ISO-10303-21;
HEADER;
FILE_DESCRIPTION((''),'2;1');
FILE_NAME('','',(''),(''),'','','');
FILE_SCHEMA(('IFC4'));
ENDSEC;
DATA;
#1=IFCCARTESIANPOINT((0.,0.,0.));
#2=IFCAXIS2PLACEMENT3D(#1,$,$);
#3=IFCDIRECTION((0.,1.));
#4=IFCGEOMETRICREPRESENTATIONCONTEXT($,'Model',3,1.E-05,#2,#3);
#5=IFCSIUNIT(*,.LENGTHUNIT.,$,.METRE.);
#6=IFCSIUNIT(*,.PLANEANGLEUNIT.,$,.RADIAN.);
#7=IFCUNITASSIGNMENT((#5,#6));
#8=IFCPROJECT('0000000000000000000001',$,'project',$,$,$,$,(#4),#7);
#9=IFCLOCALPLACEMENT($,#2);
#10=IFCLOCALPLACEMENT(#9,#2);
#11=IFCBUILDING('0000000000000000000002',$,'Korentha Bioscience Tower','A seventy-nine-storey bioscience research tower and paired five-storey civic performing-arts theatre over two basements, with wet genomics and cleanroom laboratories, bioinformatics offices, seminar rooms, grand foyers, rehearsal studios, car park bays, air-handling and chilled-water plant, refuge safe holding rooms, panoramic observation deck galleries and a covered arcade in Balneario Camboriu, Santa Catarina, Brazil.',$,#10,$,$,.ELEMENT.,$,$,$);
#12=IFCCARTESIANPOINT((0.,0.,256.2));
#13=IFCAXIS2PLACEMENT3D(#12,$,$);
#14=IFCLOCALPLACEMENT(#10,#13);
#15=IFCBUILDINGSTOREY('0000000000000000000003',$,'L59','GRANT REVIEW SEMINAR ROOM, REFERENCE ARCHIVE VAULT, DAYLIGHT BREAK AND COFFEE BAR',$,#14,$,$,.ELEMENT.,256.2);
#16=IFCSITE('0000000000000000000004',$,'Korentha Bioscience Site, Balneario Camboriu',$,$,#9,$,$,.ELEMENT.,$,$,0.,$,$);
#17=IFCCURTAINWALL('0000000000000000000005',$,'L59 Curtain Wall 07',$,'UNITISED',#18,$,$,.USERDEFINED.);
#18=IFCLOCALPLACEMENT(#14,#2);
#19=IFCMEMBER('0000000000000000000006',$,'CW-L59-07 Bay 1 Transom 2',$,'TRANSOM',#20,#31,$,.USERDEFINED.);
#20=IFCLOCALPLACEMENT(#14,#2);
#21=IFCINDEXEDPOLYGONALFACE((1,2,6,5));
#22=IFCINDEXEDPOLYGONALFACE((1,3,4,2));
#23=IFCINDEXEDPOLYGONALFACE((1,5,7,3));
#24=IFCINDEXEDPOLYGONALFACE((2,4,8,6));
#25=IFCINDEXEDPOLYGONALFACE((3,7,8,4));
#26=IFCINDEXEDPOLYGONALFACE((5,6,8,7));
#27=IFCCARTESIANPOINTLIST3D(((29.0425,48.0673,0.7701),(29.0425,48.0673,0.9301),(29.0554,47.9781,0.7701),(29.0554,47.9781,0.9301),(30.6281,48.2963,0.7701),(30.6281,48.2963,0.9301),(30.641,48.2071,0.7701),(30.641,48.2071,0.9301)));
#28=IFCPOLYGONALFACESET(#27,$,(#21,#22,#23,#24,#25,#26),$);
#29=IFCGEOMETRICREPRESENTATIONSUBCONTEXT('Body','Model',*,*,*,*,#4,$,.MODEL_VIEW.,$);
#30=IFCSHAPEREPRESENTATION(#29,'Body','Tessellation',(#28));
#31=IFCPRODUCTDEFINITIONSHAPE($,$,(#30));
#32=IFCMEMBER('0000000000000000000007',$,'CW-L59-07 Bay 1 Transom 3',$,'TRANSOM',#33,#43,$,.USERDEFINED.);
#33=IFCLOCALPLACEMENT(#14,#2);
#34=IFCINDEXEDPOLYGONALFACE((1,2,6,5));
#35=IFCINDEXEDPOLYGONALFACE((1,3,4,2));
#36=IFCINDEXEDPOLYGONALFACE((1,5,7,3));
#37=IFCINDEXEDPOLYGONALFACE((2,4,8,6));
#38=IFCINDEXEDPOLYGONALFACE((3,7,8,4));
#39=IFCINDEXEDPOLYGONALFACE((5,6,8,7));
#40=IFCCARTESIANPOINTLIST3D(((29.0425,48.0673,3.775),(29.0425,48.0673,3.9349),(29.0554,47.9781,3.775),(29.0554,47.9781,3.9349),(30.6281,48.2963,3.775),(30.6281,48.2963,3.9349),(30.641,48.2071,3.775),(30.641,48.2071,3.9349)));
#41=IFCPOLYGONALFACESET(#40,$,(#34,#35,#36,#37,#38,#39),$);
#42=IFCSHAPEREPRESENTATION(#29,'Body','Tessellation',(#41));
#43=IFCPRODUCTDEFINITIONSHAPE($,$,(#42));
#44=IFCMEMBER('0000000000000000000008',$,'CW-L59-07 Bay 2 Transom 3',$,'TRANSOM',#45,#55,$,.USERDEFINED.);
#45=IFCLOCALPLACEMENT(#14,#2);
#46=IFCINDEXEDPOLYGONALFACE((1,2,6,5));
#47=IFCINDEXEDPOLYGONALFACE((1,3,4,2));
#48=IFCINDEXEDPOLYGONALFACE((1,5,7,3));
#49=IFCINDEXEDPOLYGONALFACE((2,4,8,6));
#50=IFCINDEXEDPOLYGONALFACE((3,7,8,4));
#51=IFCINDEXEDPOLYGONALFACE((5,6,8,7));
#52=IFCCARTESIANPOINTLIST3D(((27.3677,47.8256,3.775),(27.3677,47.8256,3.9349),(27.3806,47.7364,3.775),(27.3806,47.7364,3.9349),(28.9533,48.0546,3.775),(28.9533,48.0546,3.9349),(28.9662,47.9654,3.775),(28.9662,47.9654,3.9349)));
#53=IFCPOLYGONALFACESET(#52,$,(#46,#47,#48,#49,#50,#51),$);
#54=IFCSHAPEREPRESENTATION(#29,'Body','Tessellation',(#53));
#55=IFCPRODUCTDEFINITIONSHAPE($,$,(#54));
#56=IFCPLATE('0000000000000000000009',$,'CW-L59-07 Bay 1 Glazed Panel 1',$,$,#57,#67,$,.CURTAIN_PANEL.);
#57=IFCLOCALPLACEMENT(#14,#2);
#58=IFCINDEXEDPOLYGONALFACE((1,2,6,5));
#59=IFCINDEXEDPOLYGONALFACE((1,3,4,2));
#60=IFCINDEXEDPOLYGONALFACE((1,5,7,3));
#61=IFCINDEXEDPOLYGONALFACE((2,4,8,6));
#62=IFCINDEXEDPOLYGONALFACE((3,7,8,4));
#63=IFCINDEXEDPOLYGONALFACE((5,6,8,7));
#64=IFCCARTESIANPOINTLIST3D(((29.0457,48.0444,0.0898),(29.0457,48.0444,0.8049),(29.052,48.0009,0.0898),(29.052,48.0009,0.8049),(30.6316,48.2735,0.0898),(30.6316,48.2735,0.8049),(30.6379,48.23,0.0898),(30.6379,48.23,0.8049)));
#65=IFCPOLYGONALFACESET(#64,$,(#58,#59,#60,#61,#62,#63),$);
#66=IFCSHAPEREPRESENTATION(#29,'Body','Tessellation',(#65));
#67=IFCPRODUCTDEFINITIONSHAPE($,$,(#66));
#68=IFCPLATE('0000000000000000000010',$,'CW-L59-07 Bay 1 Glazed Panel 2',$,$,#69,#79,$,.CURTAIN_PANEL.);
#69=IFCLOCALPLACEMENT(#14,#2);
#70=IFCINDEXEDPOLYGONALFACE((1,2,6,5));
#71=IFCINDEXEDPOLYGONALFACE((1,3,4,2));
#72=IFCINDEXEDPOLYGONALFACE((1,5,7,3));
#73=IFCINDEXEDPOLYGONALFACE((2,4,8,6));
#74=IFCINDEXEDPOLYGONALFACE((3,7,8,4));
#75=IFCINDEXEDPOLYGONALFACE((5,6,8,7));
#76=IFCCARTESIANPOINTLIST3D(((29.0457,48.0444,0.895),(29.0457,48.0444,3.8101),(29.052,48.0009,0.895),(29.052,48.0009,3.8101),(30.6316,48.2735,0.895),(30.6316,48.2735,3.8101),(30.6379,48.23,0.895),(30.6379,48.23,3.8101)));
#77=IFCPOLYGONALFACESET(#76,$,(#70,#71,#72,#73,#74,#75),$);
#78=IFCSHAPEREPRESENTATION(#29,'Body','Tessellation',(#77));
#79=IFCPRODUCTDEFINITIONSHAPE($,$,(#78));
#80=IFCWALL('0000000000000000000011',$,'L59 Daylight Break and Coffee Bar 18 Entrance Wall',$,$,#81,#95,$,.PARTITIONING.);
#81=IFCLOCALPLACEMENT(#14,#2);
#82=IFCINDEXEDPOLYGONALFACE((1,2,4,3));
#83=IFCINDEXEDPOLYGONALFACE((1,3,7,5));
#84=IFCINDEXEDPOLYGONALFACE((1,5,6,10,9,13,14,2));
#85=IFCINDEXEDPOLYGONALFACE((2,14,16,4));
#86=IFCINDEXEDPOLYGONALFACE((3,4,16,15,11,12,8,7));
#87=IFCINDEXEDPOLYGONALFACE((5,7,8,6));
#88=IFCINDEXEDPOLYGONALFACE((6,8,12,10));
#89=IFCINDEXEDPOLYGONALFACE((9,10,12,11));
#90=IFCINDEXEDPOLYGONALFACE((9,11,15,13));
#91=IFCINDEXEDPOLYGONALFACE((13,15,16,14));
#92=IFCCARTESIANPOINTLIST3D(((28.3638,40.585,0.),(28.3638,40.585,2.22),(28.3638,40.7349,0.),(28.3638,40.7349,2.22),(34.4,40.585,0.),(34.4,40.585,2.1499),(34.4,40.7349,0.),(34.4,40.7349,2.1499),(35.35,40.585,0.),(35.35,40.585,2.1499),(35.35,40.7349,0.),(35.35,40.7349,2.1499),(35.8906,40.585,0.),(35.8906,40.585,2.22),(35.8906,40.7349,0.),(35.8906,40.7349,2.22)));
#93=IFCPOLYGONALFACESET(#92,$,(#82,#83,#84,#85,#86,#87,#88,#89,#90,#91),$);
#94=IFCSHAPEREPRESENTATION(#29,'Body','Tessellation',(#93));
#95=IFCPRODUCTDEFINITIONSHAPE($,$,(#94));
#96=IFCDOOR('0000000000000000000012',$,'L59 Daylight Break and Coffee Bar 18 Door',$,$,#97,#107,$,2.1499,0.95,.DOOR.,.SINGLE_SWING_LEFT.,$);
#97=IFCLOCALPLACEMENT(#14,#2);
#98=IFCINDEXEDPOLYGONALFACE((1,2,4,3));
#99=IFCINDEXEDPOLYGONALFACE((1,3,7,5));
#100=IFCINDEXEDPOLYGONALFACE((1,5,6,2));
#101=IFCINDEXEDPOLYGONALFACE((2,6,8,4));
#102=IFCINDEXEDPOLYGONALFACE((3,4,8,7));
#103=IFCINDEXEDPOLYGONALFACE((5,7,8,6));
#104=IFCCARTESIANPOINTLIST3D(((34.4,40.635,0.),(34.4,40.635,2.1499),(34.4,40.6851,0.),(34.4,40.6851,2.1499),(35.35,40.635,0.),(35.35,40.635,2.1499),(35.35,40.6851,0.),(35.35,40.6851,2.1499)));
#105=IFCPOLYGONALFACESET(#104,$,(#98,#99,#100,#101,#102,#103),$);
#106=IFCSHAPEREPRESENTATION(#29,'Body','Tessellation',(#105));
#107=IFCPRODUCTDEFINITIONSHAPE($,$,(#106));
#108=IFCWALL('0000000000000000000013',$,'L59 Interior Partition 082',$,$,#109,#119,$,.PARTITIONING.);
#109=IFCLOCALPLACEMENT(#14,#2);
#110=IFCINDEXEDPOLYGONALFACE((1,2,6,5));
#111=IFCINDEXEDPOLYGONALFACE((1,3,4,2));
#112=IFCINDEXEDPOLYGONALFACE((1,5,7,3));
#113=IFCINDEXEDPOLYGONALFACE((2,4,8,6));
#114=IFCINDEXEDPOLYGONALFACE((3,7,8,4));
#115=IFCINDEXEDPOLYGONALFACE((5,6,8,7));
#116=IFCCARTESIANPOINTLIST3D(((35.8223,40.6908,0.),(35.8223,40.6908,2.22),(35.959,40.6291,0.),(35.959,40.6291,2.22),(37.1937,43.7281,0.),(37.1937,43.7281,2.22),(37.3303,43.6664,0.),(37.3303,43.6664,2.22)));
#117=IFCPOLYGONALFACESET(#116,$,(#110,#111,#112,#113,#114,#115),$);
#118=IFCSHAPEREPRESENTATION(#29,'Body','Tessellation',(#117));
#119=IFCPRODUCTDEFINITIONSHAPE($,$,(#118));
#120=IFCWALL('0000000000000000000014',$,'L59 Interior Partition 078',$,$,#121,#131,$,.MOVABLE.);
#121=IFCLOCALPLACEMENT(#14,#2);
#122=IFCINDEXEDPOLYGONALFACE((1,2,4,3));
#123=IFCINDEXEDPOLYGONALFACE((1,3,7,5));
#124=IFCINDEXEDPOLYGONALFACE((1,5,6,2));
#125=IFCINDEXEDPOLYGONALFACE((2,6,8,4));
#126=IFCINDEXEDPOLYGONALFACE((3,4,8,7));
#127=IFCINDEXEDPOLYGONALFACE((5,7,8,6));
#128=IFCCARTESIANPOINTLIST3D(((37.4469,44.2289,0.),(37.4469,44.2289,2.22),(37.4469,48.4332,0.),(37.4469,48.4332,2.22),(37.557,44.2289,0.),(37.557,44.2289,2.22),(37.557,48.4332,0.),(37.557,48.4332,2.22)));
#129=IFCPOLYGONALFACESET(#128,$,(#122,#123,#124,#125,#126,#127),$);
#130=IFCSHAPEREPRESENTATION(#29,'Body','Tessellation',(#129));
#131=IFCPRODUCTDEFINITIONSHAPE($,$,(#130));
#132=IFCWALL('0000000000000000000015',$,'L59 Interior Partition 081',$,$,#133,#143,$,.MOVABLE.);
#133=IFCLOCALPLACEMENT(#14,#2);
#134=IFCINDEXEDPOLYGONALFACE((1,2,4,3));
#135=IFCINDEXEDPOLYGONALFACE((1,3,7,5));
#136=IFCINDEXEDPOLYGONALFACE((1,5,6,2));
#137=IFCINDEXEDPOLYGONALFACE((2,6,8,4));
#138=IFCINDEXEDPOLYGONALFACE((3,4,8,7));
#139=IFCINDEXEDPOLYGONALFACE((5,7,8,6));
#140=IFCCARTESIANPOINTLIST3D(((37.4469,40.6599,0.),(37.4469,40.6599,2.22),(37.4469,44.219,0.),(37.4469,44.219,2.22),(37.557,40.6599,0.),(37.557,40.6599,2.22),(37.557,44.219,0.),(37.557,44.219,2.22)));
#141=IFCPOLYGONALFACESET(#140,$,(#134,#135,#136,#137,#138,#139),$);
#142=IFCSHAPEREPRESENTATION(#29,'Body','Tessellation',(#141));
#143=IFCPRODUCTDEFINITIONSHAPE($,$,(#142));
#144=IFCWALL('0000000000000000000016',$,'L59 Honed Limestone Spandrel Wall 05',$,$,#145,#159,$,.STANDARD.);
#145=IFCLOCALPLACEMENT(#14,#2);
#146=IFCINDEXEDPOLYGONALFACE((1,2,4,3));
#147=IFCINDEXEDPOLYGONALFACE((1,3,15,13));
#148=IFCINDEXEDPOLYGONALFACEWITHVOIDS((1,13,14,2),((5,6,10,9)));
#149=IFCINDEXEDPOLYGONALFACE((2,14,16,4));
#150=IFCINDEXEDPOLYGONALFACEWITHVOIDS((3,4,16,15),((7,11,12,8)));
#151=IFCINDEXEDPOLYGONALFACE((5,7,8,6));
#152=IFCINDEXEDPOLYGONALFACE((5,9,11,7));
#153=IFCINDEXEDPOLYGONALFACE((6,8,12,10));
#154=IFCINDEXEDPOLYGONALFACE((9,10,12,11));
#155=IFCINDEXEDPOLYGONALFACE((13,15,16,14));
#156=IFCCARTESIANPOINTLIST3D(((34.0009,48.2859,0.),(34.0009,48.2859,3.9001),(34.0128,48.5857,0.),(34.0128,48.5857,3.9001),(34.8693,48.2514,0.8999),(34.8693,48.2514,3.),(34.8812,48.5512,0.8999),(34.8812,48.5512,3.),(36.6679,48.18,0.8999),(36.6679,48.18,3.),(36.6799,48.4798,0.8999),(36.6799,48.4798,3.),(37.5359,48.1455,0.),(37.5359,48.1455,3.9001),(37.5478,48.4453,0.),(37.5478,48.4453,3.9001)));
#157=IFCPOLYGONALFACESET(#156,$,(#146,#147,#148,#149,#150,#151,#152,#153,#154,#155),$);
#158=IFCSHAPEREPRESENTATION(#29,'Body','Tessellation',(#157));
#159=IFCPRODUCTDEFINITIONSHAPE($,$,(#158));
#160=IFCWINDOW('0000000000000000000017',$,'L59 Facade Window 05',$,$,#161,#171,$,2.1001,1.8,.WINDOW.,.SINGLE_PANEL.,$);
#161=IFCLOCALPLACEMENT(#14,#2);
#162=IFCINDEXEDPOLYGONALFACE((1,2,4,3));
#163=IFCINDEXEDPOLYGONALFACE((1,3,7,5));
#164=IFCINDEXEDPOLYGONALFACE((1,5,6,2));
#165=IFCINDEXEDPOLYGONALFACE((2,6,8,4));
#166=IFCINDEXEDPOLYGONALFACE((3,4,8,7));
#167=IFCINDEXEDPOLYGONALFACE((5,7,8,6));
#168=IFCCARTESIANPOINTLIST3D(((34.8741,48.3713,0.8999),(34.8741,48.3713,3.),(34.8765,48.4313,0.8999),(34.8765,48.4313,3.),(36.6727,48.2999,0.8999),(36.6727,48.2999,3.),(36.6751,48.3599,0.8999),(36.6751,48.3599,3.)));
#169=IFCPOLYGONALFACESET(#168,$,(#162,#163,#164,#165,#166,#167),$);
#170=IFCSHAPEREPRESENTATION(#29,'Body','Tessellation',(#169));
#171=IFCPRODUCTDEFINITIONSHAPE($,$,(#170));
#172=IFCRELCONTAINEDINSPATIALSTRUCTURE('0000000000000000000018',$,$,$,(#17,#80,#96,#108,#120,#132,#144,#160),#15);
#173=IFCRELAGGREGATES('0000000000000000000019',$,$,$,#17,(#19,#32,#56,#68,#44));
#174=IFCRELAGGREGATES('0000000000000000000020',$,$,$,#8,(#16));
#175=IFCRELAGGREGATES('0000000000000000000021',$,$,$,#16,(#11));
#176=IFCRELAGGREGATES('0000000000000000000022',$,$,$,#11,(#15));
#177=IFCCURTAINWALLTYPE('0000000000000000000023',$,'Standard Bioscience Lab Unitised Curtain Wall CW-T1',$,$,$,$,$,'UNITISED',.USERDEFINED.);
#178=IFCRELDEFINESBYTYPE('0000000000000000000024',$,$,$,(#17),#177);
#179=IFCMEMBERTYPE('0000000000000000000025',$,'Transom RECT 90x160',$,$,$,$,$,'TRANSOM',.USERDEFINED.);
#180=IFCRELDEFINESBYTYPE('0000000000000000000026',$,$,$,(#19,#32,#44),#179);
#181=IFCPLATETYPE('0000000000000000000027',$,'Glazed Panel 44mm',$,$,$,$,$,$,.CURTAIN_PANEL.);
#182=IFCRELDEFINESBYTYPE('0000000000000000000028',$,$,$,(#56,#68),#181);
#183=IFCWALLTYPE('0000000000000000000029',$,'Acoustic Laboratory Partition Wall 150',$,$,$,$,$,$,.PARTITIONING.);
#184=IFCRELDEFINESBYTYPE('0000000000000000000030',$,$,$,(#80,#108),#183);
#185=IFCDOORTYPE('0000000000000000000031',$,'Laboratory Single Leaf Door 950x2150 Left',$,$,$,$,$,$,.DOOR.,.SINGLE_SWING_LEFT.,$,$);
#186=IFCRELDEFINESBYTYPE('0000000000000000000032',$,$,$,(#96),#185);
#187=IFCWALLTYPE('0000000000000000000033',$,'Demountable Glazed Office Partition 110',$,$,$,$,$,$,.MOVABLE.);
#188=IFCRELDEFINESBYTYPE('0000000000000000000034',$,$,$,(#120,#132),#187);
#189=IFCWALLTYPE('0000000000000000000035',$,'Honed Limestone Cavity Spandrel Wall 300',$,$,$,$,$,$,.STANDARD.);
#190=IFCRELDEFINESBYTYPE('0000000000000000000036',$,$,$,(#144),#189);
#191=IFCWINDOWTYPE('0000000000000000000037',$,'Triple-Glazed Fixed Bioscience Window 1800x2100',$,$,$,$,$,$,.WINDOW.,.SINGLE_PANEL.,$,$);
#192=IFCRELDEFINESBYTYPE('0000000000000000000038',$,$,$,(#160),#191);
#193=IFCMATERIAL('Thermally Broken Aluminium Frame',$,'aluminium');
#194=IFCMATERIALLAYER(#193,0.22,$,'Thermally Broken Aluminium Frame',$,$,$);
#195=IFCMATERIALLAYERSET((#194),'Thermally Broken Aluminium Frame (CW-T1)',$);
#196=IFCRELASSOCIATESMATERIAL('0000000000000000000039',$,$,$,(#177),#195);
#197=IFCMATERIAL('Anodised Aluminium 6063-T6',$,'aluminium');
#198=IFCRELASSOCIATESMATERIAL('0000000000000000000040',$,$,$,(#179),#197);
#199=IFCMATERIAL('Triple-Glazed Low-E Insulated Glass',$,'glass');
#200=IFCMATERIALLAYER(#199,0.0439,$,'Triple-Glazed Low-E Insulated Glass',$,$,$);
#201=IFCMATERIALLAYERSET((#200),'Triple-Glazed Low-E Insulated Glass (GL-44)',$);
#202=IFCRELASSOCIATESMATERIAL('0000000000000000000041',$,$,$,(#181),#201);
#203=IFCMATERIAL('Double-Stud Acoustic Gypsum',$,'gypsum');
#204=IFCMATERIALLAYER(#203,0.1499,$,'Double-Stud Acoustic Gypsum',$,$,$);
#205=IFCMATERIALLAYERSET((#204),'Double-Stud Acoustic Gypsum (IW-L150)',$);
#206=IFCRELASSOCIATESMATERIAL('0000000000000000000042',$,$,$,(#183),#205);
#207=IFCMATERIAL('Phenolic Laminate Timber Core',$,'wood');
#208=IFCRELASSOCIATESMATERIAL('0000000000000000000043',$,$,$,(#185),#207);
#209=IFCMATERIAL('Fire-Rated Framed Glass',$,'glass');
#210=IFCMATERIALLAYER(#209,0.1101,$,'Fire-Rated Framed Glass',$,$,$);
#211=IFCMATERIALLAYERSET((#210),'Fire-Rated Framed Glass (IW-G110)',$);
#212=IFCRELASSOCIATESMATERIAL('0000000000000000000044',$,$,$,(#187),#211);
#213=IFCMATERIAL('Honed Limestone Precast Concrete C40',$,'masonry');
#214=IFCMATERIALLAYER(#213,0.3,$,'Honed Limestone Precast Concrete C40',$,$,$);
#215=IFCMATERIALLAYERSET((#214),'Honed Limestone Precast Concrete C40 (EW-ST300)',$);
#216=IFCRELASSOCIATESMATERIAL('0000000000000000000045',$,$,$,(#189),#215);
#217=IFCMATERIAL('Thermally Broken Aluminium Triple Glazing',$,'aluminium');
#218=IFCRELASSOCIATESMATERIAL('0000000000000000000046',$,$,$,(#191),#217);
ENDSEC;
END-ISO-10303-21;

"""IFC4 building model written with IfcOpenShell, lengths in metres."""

from ifc_helpers import new_model, si_unit, direction, frame, frame_2d, origin, origin_2d, place, context, subcontext, project, spatial, rectangle, extrude, material, layer, layer_set, material_profile, profile_set, type_object, element, fill, aggregate, save


model = new_model("IFC4")

# Units and contexts
model_context = context("Model", 3, precision=1e-05, world=origin(), true_north=direction((0.0, 1.0)))
body_context = subcontext(model_context, "Body", "Model", "MODEL_VIEW")
ifc_project = project(units=[si_unit("LENGTHUNIT", "METRE"), si_unit("PLANEANGLEUNIT", "RADIAN")], contexts=[model_context])

# Site, building, storey
site_placement = place(None, origin())
site = spatial("IfcSite", under=ifc_project, at=site_placement, Name="Korentha Bioscience Site, Balneario Camboriu", CompositionType="ELEMENT", RefElevation=0.0)
building_placement = place(site_placement, origin())
building = spatial("IfcBuilding", under=site, at=building_placement, Name="Korentha Bioscience Tower", Description="A seventy-nine-storey bioscience research tower and paired five-storey civic performing-arts theatre over two basements, with wet genomics and cleanroom laboratories, bioinformatics offices, seminar rooms, grand foyers, rehearsal studios, car park bays, air-handling and chilled-water plant, refuge safe holding rooms, panoramic observation deck galleries and a covered arcade in Balneario Camboriu, Santa Catarina, Brazil.", CompositionType="ELEMENT")
storey_placement = place(building_placement, frame((0.0, 0.0, 256.2)))
storey = spatial("IfcBuildingStorey", under=building, at=storey_placement, Name="L59", Description="GRANT REVIEW SEMINAR ROOM, REFERENCE ARCHIVE VAULT, DAYLIGHT BREAK AND COFFEE BAR", CompositionType="ELEMENT", Elevation=256.2)

# Curtain wall, members, plates
ifc_material_1 = material(Name="Thermally Broken Aluminium Frame", Category="aluminium")
ifc_layer_1 = layer(ifc_material_1, 0.22, Name="Thermally Broken Aluminium Frame")
ifc_layer_set_1 = layer_set([ifc_layer_1], Name="Thermally Broken Aluminium Frame (CW-T1)")
curtain_wall_type = type_object("IfcCurtainWallType", Name="Standard Bioscience Lab Unitised Curtain Wall CW-T1", ElementType="UNITISED", PredefinedType="USERDEFINED", material=ifc_layer_set_1)
curtain_wall_placement = place(storey_placement, origin())
curtain_wall = element("IfcCurtainWall", 1, at=curtain_wall_placement, inside=storey, type_object=curtain_wall_type, Name="L59 Curtain Wall 07", ObjectType="UNITISED", PredefinedType="USERDEFINED")
ifc_material_2 = material(Name="Anodised Aluminium 6063-T6", Category="aluminium")
ifc_material_profile_1 = material_profile(ifc_material_2, rectangle(XDim=0.0901, YDim=0.1599, at=origin_2d()), Name="Anodised Aluminium 6063-T6")
ifc_profile_set_1 = profile_set([ifc_material_profile_1], Name="Anodised Aluminium 6063-T6 (CW-TRN)")
member_type_1 = type_object("IfcMemberType", Name="Transom RECT 90x160", ElementType="TRANSOM", PredefinedType="USERDEFINED", material=ifc_profile_set_1)
member_1_placement = place(storey_placement, frame((30.6345, 48.2517, 0.8501), z_axis=(-0.989732, -0.142936, 0.0), x_axis=(0.142936, -0.989732, 0.0)))
member_1 = element("IfcMember", 2, at=member_1_placement, type_object=member_type_1, Name="CW-L59-07 Bay 1 Transom 2", ObjectType="TRANSOM", PredefinedType="USERDEFINED", context=body_context, shape_type="SweptSolid", body=[
    extrude(rectangle(XDim=0.0901, YDim=0.1599, at=origin_2d()), origin(), (0.0, 0.0, 1.0), 1.6021),
])
member_2_placement = place(storey_placement, frame((30.6345, 48.2517, 3.855), z_axis=(-0.989732, -0.142936, 0.0), x_axis=(0.142936, -0.989732, 0.0)))
member_2 = element("IfcMember", 3, at=member_2_placement, type_object=member_type_1, Name="CW-L59-07 Bay 1 Transom 3", ObjectType="TRANSOM", PredefinedType="USERDEFINED", context=body_context, shape_type="SweptSolid", body=[
    extrude(rectangle(XDim=0.0901, YDim=0.1599, at=origin_2d()), origin(), (0.0, 0.0, 1.0), 1.6021),
])
member_3_placement = place(storey_placement, frame((28.9597, 48.01, 3.855), z_axis=(-0.989732, -0.142936, 0.0), x_axis=(0.142936, -0.989732, 0.0)))
member_3 = element("IfcMember", 4, at=member_3_placement, type_object=member_type_1, Name="CW-L59-07 Bay 2 Transom 3", ObjectType="TRANSOM", PredefinedType="USERDEFINED", context=body_context, shape_type="SweptSolid", body=[
    extrude(rectangle(XDim=0.0901, YDim=0.1599, at=origin_2d()), origin(), (0.0, 0.0, 1.0), 1.6021),
])
ifc_material_3 = material(Name="Triple-Glazed Low-E Insulated Glass", Category="glass")
ifc_layer_2 = layer(ifc_material_3, 0.0439, Name="Triple-Glazed Low-E Insulated Glass")
ifc_layer_set_2 = layer_set([ifc_layer_2], Name="Triple-Glazed Low-E Insulated Glass (GL-44)")
plate_type = type_object("IfcPlateType", Name="Glazed Panel 44mm", PredefinedType="CURTAIN_PANEL", material=ifc_layer_set_2)
plate_1_placement = place(storey_placement, frame((29.8418, 48.1372, 0.0898), z_axis=(0.0, 0.0, 1.0), x_axis=(-0.989729, -0.142956, 0.0)))
plate_1 = element("IfcPlate", 5, at=plate_1_placement, type_object=plate_type, Name="CW-L59-07 Bay 1 Glazed Panel 1", PredefinedType="CURTAIN_PANEL", context=body_context, shape_type="SweptSolid", body=[
    extrude(rectangle(XDim=1.6023, YDim=0.0439, at=origin_2d()), origin(), (0.0, 0.0, 1.0), 0.7151),
])
plate_2_placement = place(storey_placement, frame((29.8418, 48.1372, 0.895), z_axis=(0.0, 0.0, 1.0), x_axis=(-0.989729, -0.142956, 0.0)))
plate_2 = element("IfcPlate", 6, at=plate_2_placement, type_object=plate_type, Name="CW-L59-07 Bay 1 Glazed Panel 2", PredefinedType="CURTAIN_PANEL", context=body_context, shape_type="SweptSolid", body=[
    extrude(rectangle(XDim=1.6023, YDim=0.0439, at=origin_2d()), origin(), (0.0, 0.0, 1.0), 2.915),
])
aggregate(curtain_wall, [member_1, member_2, plate_1, plate_2, member_3])

# Wall, opening, door
ifc_material_4 = material(Name="Double-Stud Acoustic Gypsum", Category="gypsum")
ifc_layer_3 = layer(ifc_material_4, 0.1499, Name="Double-Stud Acoustic Gypsum")
ifc_layer_set_3 = layer_set([ifc_layer_3], Name="Double-Stud Acoustic Gypsum (IW-L150)")
wall_type_1 = type_object("IfcWallType", Name="Acoustic Laboratory Partition Wall 150", PredefinedType="PARTITIONING", material=ifc_layer_set_3)
wall_1_placement = place(storey_placement, frame((35.8906, 40.6599, 0.0), z_axis=(0.0, 0.0, 1.0), x_axis=(-1.0, 0.0, 0.0)))
wall_1 = element("IfcWall", 7, at=wall_1_placement, inside=storey, type_object=wall_type_1, Name="L59 Daylight Break and Coffee Bar 18 Entrance Wall", PredefinedType="PARTITIONING", context=body_context, shape_type="SweptSolid", body=[
    extrude(rectangle(XDim=7.5269, YDim=0.1499, at=frame_2d((3.7634, 0.0))), origin(), (0.0, 0.0, 1.0), 2.22),
])
opening_1_placement = place(wall_1_placement, frame((0.5405, 0.0, 0.0)))
opening_1 = element("IfcOpeningElement", 8, at=opening_1_placement, cuts=wall_1, PredefinedType="OPENING", context=body_context, shape_type="SweptSolid", body=[
    extrude(rectangle(XDim=0.95, YDim=2.1499, at=frame_2d((0.4751, 1.075))), frame((0.0, 0.0898, 0.0), z_axis=(0.0, -1.0, 0.0), x_axis=(1.0, 0.0, 0.0)), (0.0, 0.0, 1.0), 0.1797),
])
ifc_material_5 = material(Name="Phenolic Laminate Timber Core", Category="wood")
door_type_1 = type_object("IfcDoorType", Name="Laboratory Single Leaf Door 950x2150 Left", OperationType="SINGLE_SWING_LEFT", PredefinedType="DOOR", material=ifc_material_5)
door_1_placement = place(opening_1_placement, origin())
door_1 = element("IfcDoor", 9, at=door_1_placement, inside=storey, type_object=door_type_1, Name="L59 Daylight Break and Coffee Bar 18 Door", OperationType="SINGLE_SWING_LEFT", OverallHeight=2.1499, OverallWidth=0.95, PredefinedType="DOOR", context=body_context, shape_type="SweptSolid", body=[
    extrude(rectangle(XDim=0.95, YDim=2.1499, at=frame_2d((0.4751, 1.075))), frame((0.0, 0.0249, 0.0), z_axis=(0.0, -1.0, 0.0), x_axis=(1.0, 0.0, 0.0)), (0.0, 0.0, 1.0), 0.05),
])
fill(opening_1, door_1)

# Walls
wall_2_placement = place(storey_placement, frame((37.262, 43.6973, 0.0), z_axis=(0.0, 0.0, 1.0), x_axis=(-0.411494, -0.911412, 0.0)))
element("IfcWall", 10, at=wall_2_placement, inside=storey, type_object=wall_type_1, Name="L59 Interior Partition 082", PredefinedType="PARTITIONING", context=body_context, shape_type="SweptSolid", body=[
    extrude(rectangle(XDim=3.3325, YDim=0.1499, at=frame_2d((1.6663, 0.0))), origin(), (0.0, 0.0, 1.0), 2.22),
])
ifc_material_6 = material(Name="Fire-Rated Framed Glass", Category="glass")
ifc_layer_4 = layer(ifc_material_6, 0.1101, Name="Fire-Rated Framed Glass")
ifc_layer_set_4 = layer_set([ifc_layer_4], Name="Fire-Rated Framed Glass (IW-G110)")
wall_type_2 = type_object("IfcWallType", Name="Demountable Glazed Office Partition 110", PredefinedType="MOVABLE", material=ifc_layer_set_4)
wall_3_placement = place(storey_placement, frame((37.502, 44.229, 0.0), z_axis=(0.0, 0.0, 1.0), x_axis=(0.0, 1.0, 0.0)))
element("IfcWall", 11, at=wall_3_placement, inside=storey, type_object=wall_type_2, Name="L59 Interior Partition 078", PredefinedType="MOVABLE", context=body_context, shape_type="SweptSolid", body=[
    extrude(rectangle(XDim=4.2043, YDim=0.1101, at=frame_2d((2.1021, 0.0))), origin(), (0.0, 0.0, 1.0), 2.22),
])
wall_4_placement = place(storey_placement, frame((37.502, 40.6599, 0.0), z_axis=(0.0, 0.0, 1.0), x_axis=(0.0, 1.0, 0.0)))
element("IfcWall", 12, at=wall_4_placement, inside=storey, type_object=wall_type_2, Name="L59 Interior Partition 081", PredefinedType="MOVABLE", context=body_context, shape_type="SweptSolid", body=[
    extrude(rectangle(XDim=3.5591, YDim=0.1101, at=frame_2d((1.7795, 0.0))), origin(), (0.0, 0.0, 1.0), 2.22),
])

# Wall, opening, window
ifc_material_7 = material(Name="Honed Limestone Precast Concrete C40", Category="masonry")
ifc_layer_5 = layer(ifc_material_7, 0.3, Name="Honed Limestone Precast Concrete C40")
ifc_layer_set_5 = layer_set([ifc_layer_5], Name="Honed Limestone Precast Concrete C40 (EW-ST300)")
wall_type_3 = type_object("IfcWallType", Name="Honed Limestone Cavity Spandrel Wall 300", PredefinedType="STANDARD", material=ifc_layer_set_5)
wall_5_placement = place(storey_placement, frame((37.542, 48.2954, 0.0), z_axis=(0.0, 0.0, 1.0), x_axis=(-0.999212, 0.039679, 0.0)))
wall_5 = element("IfcWall", 13, at=wall_5_placement, inside=storey, type_object=wall_type_3, Name="L59 Honed Limestone Spandrel Wall 05", PredefinedType="STANDARD", context=body_context, shape_type="SweptSolid", body=[
    extrude(rectangle(XDim=3.5378, YDim=0.3, at=frame_2d((1.769, 0.0))), origin(), (0.0, 0.0, 1.0), 3.9001),
])
opening_2_placement = place(wall_5_placement, frame((0.8689, 0.0, 0.8999)))
opening_2 = element("IfcOpeningElement", 14, at=opening_2_placement, cuts=wall_5, PredefinedType="OPENING", context=body_context, shape_type="SweptSolid", body=[
    extrude(rectangle(XDim=1.8, YDim=2.1001, at=frame_2d((0.8999, 1.05))), frame((0.0, 0.165, 0.0), z_axis=(0.0, -1.0, 0.0), x_axis=(1.0, 0.0, 0.0)), (0.0, 0.0, 1.0), 0.3298),
])
ifc_material_8 = material(Name="Thermally Broken Aluminium Triple Glazing", Category="aluminium")
window_type = type_object("IfcWindowType", Name="Triple-Glazed Fixed Bioscience Window 1800x2100", PartitioningType="SINGLE_PANEL", PredefinedType="WINDOW", material=ifc_material_8)
window_placement = place(opening_2_placement, origin())
window = element("IfcWindow", 15, at=window_placement, inside=storey, type_object=window_type, Name="L59 Facade Window 05", OverallHeight=2.1001, OverallWidth=1.8, PartitioningType="SINGLE_PANEL", PredefinedType="WINDOW", context=body_context, shape_type="SweptSolid", body=[
    extrude(rectangle(XDim=1.8, YDim=2.1001, at=frame_2d((0.8999, 1.05))), frame((0.0, 0.03, 0.0), z_axis=(0.0, -1.0, 0.0), x_axis=(1.0, 0.0, 0.0)), (0.0, 0.0, 1.0), 0.0601),
])
fill(opening_2, window)

save(model, "model.ifc")
